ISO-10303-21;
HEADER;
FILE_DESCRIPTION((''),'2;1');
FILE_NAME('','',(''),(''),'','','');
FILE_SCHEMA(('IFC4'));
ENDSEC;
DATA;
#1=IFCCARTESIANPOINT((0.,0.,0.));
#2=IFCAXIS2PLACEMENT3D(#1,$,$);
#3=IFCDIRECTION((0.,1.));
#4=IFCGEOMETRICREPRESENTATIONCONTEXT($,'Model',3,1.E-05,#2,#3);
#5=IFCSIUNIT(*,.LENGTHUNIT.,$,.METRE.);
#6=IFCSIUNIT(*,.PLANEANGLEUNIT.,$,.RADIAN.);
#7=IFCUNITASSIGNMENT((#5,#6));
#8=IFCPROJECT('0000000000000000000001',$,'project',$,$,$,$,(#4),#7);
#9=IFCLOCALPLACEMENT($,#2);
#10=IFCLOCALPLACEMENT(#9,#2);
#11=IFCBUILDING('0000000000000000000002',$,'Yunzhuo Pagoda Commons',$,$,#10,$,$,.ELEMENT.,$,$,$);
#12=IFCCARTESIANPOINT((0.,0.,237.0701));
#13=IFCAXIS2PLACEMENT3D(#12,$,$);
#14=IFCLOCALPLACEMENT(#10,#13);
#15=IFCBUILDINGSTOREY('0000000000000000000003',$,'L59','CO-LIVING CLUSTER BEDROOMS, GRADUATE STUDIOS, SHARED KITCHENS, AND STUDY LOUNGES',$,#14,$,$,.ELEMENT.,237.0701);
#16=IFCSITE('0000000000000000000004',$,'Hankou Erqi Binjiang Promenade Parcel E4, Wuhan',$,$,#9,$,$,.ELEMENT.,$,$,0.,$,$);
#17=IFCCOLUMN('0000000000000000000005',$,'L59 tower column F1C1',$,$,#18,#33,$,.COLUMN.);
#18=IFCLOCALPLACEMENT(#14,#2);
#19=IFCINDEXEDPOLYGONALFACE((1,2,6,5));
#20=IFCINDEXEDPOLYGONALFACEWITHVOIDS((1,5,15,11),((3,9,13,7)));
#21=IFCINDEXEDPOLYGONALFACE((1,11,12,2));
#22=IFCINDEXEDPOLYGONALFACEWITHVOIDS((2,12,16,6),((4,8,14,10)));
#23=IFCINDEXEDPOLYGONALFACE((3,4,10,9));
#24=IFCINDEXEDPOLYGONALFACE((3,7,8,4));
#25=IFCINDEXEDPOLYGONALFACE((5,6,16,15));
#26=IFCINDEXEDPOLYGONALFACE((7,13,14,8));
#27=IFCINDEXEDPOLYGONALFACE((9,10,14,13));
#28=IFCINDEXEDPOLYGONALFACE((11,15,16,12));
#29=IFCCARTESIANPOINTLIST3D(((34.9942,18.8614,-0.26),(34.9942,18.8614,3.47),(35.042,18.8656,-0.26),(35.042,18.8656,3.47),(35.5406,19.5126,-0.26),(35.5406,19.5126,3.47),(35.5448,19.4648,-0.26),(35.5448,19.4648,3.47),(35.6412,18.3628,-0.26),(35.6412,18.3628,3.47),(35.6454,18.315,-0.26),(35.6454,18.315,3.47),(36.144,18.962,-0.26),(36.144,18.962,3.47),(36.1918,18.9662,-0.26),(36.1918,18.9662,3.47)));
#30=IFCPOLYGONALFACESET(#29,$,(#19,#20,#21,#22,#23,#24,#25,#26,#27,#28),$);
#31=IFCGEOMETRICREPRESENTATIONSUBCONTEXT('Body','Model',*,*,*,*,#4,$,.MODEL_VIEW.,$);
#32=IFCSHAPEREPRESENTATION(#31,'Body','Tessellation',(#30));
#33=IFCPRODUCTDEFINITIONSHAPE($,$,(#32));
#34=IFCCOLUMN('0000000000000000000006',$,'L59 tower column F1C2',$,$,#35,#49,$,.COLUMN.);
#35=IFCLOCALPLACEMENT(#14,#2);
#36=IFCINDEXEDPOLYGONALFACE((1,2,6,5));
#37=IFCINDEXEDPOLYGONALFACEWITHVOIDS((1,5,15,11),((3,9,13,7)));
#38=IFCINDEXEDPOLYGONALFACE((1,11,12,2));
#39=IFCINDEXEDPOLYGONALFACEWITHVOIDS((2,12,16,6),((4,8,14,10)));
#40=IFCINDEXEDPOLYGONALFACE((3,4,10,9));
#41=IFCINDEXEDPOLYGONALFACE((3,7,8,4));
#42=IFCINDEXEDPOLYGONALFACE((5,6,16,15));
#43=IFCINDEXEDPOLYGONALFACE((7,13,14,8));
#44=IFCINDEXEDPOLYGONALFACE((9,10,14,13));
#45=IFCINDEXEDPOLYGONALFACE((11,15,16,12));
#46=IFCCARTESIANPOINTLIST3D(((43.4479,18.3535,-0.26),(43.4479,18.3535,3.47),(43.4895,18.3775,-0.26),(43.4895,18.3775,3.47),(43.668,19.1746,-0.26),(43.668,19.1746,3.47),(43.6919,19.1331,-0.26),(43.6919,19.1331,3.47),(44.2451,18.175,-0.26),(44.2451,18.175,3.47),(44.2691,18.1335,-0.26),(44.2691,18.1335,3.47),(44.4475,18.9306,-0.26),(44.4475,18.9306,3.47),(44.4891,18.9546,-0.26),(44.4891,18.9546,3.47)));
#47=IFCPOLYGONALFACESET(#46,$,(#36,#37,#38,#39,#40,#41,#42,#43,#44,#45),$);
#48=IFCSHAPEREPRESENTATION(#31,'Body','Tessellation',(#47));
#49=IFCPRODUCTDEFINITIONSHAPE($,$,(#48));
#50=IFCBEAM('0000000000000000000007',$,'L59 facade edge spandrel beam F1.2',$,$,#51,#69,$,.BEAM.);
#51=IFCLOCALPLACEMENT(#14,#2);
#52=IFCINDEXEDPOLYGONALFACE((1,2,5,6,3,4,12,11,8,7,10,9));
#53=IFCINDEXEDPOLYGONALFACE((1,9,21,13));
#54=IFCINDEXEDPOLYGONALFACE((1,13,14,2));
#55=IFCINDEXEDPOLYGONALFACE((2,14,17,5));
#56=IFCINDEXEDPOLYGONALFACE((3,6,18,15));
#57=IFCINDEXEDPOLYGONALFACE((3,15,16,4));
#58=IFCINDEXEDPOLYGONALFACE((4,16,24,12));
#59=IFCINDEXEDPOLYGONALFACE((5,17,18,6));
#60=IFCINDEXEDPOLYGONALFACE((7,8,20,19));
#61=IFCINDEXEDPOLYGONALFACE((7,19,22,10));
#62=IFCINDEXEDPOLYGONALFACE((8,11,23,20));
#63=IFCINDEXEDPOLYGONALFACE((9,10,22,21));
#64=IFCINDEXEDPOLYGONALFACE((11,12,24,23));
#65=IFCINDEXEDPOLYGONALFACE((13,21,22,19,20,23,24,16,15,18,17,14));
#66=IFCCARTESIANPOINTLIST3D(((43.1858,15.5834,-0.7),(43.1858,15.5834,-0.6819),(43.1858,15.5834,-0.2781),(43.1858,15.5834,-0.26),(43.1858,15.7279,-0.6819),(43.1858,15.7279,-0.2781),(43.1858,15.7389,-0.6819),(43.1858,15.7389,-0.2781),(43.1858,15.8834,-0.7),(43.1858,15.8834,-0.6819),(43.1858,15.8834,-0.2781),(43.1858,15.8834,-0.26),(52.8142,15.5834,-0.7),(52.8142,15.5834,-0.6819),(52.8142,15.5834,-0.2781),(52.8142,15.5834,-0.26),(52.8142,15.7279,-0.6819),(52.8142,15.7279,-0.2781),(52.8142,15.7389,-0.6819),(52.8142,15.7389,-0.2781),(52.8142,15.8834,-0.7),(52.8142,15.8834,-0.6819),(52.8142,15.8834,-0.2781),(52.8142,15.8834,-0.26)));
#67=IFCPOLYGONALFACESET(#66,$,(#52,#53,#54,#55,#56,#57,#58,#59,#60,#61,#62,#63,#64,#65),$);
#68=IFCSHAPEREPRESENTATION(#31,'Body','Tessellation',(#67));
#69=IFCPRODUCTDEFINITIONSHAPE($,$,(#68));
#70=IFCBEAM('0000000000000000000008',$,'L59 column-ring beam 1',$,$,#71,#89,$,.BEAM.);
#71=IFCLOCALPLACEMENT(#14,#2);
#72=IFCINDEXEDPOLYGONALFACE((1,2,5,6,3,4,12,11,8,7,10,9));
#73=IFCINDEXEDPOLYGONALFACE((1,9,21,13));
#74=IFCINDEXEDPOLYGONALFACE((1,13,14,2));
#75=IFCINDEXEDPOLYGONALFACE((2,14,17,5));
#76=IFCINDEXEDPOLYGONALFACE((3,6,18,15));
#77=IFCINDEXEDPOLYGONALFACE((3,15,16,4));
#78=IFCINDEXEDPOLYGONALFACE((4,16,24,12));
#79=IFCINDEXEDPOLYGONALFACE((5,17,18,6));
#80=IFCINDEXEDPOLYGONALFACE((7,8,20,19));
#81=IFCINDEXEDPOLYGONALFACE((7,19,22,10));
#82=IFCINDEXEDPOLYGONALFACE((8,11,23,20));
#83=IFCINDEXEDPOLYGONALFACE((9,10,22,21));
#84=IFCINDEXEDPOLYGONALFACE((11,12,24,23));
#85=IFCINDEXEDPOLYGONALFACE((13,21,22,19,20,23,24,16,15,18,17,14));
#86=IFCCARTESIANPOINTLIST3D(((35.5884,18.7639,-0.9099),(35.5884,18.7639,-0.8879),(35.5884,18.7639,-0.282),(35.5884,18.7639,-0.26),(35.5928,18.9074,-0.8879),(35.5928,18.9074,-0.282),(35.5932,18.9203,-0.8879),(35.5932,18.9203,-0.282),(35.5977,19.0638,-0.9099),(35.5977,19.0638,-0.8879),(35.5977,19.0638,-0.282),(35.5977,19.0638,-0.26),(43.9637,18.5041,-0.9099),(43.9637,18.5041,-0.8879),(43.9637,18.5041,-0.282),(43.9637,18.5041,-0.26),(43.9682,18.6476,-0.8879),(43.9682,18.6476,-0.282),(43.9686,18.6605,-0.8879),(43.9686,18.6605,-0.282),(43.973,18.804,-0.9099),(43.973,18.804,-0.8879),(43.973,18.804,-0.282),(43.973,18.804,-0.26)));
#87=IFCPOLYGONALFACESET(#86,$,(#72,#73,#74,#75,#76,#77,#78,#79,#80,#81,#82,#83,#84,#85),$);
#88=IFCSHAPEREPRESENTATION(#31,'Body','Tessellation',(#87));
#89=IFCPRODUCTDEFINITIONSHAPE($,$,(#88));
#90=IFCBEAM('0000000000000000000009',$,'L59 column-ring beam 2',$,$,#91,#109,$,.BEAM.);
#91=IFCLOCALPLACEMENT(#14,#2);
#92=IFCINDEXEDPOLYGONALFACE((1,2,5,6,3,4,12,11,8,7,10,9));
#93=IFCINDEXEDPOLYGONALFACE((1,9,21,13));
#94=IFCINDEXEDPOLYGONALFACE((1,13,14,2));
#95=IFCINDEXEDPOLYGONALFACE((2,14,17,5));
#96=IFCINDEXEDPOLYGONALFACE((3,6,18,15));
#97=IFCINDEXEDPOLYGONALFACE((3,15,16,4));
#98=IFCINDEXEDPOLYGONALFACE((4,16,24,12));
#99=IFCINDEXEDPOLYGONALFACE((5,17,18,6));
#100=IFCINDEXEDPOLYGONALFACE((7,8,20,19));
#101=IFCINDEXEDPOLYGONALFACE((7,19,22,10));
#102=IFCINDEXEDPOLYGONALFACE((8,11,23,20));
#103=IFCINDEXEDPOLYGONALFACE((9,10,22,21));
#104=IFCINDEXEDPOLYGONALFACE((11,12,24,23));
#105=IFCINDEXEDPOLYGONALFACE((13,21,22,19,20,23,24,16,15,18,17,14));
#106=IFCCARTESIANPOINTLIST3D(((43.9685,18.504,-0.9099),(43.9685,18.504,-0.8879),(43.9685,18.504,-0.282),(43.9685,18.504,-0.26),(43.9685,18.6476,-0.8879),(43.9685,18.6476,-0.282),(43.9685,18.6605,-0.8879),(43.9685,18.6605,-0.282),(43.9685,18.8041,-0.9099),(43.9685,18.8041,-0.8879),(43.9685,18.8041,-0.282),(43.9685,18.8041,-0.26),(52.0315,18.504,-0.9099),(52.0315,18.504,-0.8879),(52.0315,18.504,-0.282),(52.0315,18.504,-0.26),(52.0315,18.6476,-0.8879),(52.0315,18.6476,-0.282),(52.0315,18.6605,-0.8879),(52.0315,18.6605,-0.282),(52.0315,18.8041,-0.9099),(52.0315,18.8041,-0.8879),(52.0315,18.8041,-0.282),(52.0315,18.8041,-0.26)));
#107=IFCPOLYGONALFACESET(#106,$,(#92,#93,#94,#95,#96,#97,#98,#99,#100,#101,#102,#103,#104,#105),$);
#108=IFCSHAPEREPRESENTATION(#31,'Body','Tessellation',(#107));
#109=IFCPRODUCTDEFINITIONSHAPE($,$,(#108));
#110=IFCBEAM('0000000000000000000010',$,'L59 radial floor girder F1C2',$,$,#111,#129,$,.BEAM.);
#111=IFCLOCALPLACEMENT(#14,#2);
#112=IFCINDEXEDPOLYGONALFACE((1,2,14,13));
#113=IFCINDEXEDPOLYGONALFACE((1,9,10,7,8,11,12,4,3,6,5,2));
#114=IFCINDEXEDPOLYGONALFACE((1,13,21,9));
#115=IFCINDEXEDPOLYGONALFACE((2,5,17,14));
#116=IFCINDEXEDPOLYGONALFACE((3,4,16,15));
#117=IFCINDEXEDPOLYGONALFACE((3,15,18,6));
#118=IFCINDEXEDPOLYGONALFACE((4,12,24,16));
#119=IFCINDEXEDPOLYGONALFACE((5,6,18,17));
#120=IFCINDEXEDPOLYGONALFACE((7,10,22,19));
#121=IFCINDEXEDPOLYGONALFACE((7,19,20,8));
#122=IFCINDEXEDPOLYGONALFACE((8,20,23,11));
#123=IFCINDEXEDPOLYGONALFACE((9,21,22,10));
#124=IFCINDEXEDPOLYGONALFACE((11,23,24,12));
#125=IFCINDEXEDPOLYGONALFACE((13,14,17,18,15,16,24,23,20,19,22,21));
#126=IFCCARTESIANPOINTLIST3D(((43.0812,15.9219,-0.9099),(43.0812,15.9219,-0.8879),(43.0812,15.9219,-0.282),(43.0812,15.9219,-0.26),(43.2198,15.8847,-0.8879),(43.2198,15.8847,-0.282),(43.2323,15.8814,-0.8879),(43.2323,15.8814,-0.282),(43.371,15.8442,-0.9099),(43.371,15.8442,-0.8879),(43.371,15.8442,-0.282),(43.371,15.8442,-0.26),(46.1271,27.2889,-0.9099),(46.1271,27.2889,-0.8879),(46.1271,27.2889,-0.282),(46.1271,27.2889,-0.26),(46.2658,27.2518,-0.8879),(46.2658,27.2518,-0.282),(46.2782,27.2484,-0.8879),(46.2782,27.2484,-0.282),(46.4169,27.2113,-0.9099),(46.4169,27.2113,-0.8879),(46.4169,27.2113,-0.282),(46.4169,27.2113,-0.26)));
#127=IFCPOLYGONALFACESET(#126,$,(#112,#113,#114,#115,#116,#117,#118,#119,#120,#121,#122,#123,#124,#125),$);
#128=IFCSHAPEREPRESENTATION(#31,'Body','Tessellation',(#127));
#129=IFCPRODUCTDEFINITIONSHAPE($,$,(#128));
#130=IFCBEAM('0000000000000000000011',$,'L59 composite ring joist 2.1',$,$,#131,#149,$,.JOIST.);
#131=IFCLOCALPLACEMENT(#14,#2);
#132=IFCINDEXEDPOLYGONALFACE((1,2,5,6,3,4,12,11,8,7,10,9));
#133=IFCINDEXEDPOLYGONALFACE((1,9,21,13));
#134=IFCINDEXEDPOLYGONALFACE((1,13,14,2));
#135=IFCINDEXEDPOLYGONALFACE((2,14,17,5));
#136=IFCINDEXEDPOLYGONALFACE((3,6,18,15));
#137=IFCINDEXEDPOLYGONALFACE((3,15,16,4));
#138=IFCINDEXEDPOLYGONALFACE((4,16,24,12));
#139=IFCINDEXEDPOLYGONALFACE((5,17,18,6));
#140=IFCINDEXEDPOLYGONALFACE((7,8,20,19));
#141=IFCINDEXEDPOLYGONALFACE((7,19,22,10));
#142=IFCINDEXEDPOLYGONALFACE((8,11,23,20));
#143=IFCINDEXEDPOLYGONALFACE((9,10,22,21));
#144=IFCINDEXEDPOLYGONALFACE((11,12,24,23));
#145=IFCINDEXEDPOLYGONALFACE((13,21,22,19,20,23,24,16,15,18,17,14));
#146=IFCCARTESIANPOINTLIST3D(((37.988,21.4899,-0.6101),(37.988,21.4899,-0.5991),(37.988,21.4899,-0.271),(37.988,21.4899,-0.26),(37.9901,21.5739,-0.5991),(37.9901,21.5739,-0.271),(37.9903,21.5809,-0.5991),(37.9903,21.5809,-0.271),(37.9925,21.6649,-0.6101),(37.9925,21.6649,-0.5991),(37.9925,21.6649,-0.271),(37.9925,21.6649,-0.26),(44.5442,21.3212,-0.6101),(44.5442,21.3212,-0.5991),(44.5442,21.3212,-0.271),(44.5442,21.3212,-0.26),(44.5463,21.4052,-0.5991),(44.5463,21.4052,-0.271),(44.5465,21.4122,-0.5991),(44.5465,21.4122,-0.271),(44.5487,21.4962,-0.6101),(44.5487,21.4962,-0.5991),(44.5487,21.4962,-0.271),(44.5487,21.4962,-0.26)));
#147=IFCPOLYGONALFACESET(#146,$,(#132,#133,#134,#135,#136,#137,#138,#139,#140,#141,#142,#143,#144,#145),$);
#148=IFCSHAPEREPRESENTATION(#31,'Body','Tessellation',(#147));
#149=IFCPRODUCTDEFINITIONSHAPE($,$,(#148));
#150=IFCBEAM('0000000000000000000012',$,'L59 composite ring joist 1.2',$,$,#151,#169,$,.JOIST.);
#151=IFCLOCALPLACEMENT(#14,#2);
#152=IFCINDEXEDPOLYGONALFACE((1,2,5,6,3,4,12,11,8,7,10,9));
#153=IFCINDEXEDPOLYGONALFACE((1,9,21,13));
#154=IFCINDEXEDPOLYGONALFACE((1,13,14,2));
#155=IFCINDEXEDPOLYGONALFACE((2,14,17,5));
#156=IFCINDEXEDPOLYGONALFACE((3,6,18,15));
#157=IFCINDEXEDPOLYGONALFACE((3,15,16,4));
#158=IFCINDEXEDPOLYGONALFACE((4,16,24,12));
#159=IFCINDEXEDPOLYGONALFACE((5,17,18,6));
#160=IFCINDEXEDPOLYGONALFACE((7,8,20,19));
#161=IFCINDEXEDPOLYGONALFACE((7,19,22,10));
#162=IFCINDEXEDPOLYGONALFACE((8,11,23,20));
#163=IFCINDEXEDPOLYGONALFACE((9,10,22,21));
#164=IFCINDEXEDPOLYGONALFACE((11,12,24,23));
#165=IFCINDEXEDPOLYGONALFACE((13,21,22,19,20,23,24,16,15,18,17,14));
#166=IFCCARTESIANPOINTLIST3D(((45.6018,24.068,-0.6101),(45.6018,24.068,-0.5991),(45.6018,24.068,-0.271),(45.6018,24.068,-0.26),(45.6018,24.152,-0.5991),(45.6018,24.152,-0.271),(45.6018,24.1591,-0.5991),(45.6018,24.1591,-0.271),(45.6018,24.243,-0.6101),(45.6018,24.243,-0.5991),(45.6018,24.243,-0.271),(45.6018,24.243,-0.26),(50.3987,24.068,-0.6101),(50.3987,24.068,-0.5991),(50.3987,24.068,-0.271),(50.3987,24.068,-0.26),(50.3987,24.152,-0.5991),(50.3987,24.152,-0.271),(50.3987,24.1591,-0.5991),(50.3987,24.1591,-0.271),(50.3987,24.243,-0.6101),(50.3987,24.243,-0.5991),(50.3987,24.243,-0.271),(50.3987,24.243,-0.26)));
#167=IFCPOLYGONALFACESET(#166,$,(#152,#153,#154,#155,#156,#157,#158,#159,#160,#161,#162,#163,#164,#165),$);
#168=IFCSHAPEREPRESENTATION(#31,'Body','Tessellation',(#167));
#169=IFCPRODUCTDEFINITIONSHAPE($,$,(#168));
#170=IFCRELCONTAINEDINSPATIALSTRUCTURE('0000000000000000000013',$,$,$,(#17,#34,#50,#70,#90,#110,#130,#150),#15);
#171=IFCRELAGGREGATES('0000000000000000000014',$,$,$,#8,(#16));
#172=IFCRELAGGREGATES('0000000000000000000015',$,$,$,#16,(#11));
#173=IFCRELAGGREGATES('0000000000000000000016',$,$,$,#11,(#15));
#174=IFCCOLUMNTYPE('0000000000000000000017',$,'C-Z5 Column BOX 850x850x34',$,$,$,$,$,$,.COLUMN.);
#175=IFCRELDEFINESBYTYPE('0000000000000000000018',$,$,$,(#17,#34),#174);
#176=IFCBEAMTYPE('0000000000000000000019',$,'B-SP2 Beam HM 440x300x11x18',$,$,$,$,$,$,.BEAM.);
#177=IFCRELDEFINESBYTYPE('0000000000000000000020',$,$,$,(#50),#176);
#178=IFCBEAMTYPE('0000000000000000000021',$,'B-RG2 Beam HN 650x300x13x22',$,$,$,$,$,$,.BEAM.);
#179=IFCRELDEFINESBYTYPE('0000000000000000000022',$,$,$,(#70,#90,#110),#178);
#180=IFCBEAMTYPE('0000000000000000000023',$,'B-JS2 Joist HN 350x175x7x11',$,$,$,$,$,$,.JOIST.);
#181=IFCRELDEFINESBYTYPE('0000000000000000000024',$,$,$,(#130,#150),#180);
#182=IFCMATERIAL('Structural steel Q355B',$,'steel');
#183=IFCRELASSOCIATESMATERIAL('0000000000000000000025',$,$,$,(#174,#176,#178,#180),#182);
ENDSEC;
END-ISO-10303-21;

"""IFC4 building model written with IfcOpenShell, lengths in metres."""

from ifc_helpers import new_model, si_unit, direction, frame, origin, origin_2d, place, context, subcontext, project, spatial, hollow_rectangle, i_section, extrude, source, transform, mapped, material, material_profile, profile_set, type_object, element, save


model = new_model("IFC4")

# Units and contexts
model_context = context("Model", 3, precision=1e-05, world=origin(), true_north=direction((0.0, 1.0)))
body_context = subcontext(model_context, "Body", "Model", "MODEL_VIEW")
ifc_project = project(units=[si_unit("LENGTHUNIT", "METRE"), si_unit("PLANEANGLEUNIT", "RADIAN")], contexts=[model_context])

# Site, building, storey
site_placement = place(None, origin())
site = spatial("IfcSite", under=ifc_project, at=site_placement, Name="Hankou Erqi Binjiang Promenade Parcel E4, Wuhan", CompositionType="ELEMENT", RefElevation=0.0)
building_placement = place(site_placement, origin())
building = spatial("IfcBuilding", under=site, at=building_placement, Name="Yunzhuo Pagoda Commons", CompositionType="ELEMENT")
storey_placement = place(building_placement, frame((0.0, 0.0, 237.0701)))
storey = spatial("IfcBuildingStorey", under=building, at=storey_placement, Name="L59", Description="CO-LIVING CLUSTER BEDROOMS, GRADUATE STUDIOS, SHARED KITCHENS, AND STUDY LOUNGES", CompositionType="ELEMENT", Elevation=237.0701)

# Columns
ifc_material_1 = material(Name="Structural steel Q355B", Category="steel")
ifc_material_profile_1 = material_profile(ifc_material_1, hollow_rectangle(XDim=0.8501, YDim=0.8501, WallThickness=0.0339, at=origin_2d()), Name="Structural steel Q355B")
ifc_profile_set_1 = profile_set([ifc_material_profile_1], Name="Structural steel Q355B")
column_type = type_object("IfcColumnType", Name="C-Z5 Column BOX 850x850x34", PredefinedType="COLUMN", material=ifc_profile_set_1)
shared_shape_1 = source(origin(), body_context, "Body", "SweptSolid", [
    extrude(hollow_rectangle(XDim=0.8501, YDim=0.8501, WallThickness=0.0339, at=origin_2d()), origin(), (0.0, 0.0, 1.0), 3.73),
])
for number, where, z_axis, x_axis, name in (
    (1, (35.593, 18.9138, -0.26), (0.0, 0.0, 1.0), (0.766044, -0.642788, 0.0), "L59 tower column F1C1"),
    (2, (43.9685, 18.6541, -0.26), (0.0, 0.0, 1.0), (0.965926, -0.258819, 0.0), "L59 tower column F1C2"),
):
    element("IfcColumn", number, at=place(storey_placement, frame(where, z_axis=z_axis, x_axis=x_axis)), inside=storey, type_object=column_type, Name=name, PredefinedType="COLUMN", context=body_context, shape_type="MappedRepresentation", body=[
        mapped(shared_shape_1, transform((0.0, 0.0, 0.0), scale=1.0)),
    ])

# Beams
ifc_material_profile_2 = material_profile(ifc_material_1, i_section(OverallWidth=0.3, OverallDepth=0.4399, WebThickness=0.011, FlangeThickness=0.0181, at=origin_2d()), Name="Structural steel Q355B")
ifc_profile_set_2 = profile_set([ifc_material_profile_2], Name="Structural steel Q355B")
beam_type_1 = type_object("IfcBeamType", Name="B-SP2 Beam HM 440x300x11x18", PredefinedType="BEAM", material=ifc_profile_set_2)
shared_shape_2 = source(origin(), body_context, "Body", "SweptSolid", [
    extrude(i_section(OverallWidth=0.3, OverallDepth=0.4399, WebThickness=0.011, FlangeThickness=0.0181, at=origin_2d()), origin(), (0.0, 0.0, 1.0), 9.6284),
])
beam_1_placement = place(storey_placement, frame((43.1858, 15.7334, -0.48), z_axis=(1.0, 0.0, 0.0), x_axis=(0.0, 1.0, 0.0)))
element("IfcBeam", 3, at=beam_1_placement, inside=storey, type_object=beam_type_1, Name="L59 facade edge spandrel beam F1.2", PredefinedType="BEAM", context=body_context, shape_type="MappedRepresentation", body=[
    mapped(shared_shape_2, transform((0.0, 0.0, 0.0), scale=1.0)),
])
ifc_material_profile_3 = material_profile(ifc_material_1, i_section(OverallWidth=0.3, OverallDepth=0.6499, WebThickness=0.0129, FlangeThickness=0.022, at=origin_2d()), Name="Structural steel Q355B")
ifc_profile_set_3 = profile_set([ifc_material_profile_3], Name="Structural steel Q355B")
beam_type_2 = type_object("IfcBeamType", Name="B-RG2 Beam HN 650x300x13x22", PredefinedType="BEAM", material=ifc_profile_set_3)
shared_shape_3 = source(origin(), body_context, "Body", "SweptSolid", [
    extrude(i_section(OverallWidth=0.3, OverallDepth=0.6499, WebThickness=0.0129, FlangeThickness=0.022, at=origin_2d()), origin(), (0.0, 0.0, 1.0), 8.3794),
])
beam_2_placement = place(storey_placement, frame((35.593, 18.9138, -0.585), z_axis=(0.999519, -0.031, 0.0), x_axis=(0.031, 0.999519, 0.0)))
element("IfcBeam", 4, at=beam_2_placement, inside=storey, type_object=beam_type_2, Name="L59 column-ring beam 1", PredefinedType="BEAM", context=body_context, shape_type="MappedRepresentation", body=[
    mapped(shared_shape_3, transform((0.0, 0.0, 0.0), scale=1.0)),
])
shared_shape_4 = source(origin(), body_context, "Body", "SweptSolid", [
    extrude(i_section(OverallWidth=0.3, OverallDepth=0.6499, WebThickness=0.0129, FlangeThickness=0.022, at=origin_2d()), origin(), (0.0, 0.0, 1.0), 8.063),
])
beam_3_placement = place(storey_placement, frame((43.9685, 18.6541, -0.585), z_axis=(1.0, 0.0, 0.0), x_axis=(0.0, 1.0, 0.0)))
element("IfcBeam", 5, at=beam_3_placement, inside=storey, type_object=beam_type_2, Name="L59 column-ring beam 2", PredefinedType="BEAM", context=body_context, shape_type="MappedRepresentation", body=[
    mapped(shared_shape_4, transform((0.0, 0.0, 0.0), scale=1.0)),
])
shared_shape_5 = source(origin(), body_context, "Body", "SweptSolid", [
    extrude(i_section(OverallWidth=0.3, OverallDepth=0.6499, WebThickness=0.0129, FlangeThickness=0.022, at=origin_2d()), origin(), (0.0, 0.0, 1.0), 11.7681),
])
beam_4_placement = place(storey_placement, frame((43.2261, 15.8831, -0.585), z_axis=(0.25883, 0.965923, 0.0), x_axis=(-0.965923, 0.25883, 0.0)))
element("IfcBeam", 6, at=beam_4_placement, inside=storey, type_object=beam_type_2, Name="L59 radial floor girder F1C2", PredefinedType="BEAM", context=body_context, shape_type="MappedRepresentation", body=[
    mapped(shared_shape_5, transform((0.0, 0.0, 0.0), scale=1.0)),
])
ifc_material_profile_4 = material_profile(ifc_material_1, i_section(OverallWidth=0.175, OverallDepth=0.3501, WebThickness=0.0071, FlangeThickness=0.011, at=origin_2d()), Name="Structural steel Q355B")
ifc_profile_set_4 = profile_set([ifc_material_profile_4], Name="Structural steel Q355B")
beam_type_3 = type_object("IfcBeamType", Name="B-JS2 Joist HN 350x175x7x11", PredefinedType="JOIST", material=ifc_profile_set_4)
shared_shape_6 = source(origin(), body_context, "Body", "SweptSolid", [
    extrude(i_section(OverallWidth=0.175, OverallDepth=0.3501, WebThickness=0.0071, FlangeThickness=0.011, at=origin_2d()), origin(), (0.0, 0.0, 1.0), 6.5583),
])
beam_5_placement = place(storey_placement, frame((37.9902, 21.5774, -0.4351), z_axis=(0.999669, -0.025723, 0.0), x_axis=(0.025723, 0.999669, 0.0)))
element("IfcBeam", 7, at=beam_5_placement, inside=storey, type_object=beam_type_3, Name="L59 composite ring joist 2.1", PredefinedType="JOIST", context=body_context, shape_type="MappedRepresentation", body=[
    mapped(shared_shape_6, transform((0.0, 0.0, 0.0), scale=1.0)),
])
shared_shape_7 = source(origin(), body_context, "Body", "SweptSolid", [
    extrude(i_section(OverallWidth=0.175, OverallDepth=0.3501, WebThickness=0.0071, FlangeThickness=0.011, at=origin_2d()), origin(), (0.0, 0.0, 1.0), 4.7969),
])
beam_6_placement = place(storey_placement, frame((45.6018, 24.1555, -0.4351), z_axis=(1.0, 0.0, 0.0), x_axis=(0.0, 1.0, 0.0)))
element("IfcBeam", 8, at=beam_6_placement, inside=storey, type_object=beam_type_3, Name="L59 composite ring joist 1.2", PredefinedType="JOIST", context=body_context, shape_type="MappedRepresentation", body=[
    mapped(shared_shape_7, transform((0.0, 0.0, 0.0), scale=1.0)),
])

save(model, "model.ifc")
